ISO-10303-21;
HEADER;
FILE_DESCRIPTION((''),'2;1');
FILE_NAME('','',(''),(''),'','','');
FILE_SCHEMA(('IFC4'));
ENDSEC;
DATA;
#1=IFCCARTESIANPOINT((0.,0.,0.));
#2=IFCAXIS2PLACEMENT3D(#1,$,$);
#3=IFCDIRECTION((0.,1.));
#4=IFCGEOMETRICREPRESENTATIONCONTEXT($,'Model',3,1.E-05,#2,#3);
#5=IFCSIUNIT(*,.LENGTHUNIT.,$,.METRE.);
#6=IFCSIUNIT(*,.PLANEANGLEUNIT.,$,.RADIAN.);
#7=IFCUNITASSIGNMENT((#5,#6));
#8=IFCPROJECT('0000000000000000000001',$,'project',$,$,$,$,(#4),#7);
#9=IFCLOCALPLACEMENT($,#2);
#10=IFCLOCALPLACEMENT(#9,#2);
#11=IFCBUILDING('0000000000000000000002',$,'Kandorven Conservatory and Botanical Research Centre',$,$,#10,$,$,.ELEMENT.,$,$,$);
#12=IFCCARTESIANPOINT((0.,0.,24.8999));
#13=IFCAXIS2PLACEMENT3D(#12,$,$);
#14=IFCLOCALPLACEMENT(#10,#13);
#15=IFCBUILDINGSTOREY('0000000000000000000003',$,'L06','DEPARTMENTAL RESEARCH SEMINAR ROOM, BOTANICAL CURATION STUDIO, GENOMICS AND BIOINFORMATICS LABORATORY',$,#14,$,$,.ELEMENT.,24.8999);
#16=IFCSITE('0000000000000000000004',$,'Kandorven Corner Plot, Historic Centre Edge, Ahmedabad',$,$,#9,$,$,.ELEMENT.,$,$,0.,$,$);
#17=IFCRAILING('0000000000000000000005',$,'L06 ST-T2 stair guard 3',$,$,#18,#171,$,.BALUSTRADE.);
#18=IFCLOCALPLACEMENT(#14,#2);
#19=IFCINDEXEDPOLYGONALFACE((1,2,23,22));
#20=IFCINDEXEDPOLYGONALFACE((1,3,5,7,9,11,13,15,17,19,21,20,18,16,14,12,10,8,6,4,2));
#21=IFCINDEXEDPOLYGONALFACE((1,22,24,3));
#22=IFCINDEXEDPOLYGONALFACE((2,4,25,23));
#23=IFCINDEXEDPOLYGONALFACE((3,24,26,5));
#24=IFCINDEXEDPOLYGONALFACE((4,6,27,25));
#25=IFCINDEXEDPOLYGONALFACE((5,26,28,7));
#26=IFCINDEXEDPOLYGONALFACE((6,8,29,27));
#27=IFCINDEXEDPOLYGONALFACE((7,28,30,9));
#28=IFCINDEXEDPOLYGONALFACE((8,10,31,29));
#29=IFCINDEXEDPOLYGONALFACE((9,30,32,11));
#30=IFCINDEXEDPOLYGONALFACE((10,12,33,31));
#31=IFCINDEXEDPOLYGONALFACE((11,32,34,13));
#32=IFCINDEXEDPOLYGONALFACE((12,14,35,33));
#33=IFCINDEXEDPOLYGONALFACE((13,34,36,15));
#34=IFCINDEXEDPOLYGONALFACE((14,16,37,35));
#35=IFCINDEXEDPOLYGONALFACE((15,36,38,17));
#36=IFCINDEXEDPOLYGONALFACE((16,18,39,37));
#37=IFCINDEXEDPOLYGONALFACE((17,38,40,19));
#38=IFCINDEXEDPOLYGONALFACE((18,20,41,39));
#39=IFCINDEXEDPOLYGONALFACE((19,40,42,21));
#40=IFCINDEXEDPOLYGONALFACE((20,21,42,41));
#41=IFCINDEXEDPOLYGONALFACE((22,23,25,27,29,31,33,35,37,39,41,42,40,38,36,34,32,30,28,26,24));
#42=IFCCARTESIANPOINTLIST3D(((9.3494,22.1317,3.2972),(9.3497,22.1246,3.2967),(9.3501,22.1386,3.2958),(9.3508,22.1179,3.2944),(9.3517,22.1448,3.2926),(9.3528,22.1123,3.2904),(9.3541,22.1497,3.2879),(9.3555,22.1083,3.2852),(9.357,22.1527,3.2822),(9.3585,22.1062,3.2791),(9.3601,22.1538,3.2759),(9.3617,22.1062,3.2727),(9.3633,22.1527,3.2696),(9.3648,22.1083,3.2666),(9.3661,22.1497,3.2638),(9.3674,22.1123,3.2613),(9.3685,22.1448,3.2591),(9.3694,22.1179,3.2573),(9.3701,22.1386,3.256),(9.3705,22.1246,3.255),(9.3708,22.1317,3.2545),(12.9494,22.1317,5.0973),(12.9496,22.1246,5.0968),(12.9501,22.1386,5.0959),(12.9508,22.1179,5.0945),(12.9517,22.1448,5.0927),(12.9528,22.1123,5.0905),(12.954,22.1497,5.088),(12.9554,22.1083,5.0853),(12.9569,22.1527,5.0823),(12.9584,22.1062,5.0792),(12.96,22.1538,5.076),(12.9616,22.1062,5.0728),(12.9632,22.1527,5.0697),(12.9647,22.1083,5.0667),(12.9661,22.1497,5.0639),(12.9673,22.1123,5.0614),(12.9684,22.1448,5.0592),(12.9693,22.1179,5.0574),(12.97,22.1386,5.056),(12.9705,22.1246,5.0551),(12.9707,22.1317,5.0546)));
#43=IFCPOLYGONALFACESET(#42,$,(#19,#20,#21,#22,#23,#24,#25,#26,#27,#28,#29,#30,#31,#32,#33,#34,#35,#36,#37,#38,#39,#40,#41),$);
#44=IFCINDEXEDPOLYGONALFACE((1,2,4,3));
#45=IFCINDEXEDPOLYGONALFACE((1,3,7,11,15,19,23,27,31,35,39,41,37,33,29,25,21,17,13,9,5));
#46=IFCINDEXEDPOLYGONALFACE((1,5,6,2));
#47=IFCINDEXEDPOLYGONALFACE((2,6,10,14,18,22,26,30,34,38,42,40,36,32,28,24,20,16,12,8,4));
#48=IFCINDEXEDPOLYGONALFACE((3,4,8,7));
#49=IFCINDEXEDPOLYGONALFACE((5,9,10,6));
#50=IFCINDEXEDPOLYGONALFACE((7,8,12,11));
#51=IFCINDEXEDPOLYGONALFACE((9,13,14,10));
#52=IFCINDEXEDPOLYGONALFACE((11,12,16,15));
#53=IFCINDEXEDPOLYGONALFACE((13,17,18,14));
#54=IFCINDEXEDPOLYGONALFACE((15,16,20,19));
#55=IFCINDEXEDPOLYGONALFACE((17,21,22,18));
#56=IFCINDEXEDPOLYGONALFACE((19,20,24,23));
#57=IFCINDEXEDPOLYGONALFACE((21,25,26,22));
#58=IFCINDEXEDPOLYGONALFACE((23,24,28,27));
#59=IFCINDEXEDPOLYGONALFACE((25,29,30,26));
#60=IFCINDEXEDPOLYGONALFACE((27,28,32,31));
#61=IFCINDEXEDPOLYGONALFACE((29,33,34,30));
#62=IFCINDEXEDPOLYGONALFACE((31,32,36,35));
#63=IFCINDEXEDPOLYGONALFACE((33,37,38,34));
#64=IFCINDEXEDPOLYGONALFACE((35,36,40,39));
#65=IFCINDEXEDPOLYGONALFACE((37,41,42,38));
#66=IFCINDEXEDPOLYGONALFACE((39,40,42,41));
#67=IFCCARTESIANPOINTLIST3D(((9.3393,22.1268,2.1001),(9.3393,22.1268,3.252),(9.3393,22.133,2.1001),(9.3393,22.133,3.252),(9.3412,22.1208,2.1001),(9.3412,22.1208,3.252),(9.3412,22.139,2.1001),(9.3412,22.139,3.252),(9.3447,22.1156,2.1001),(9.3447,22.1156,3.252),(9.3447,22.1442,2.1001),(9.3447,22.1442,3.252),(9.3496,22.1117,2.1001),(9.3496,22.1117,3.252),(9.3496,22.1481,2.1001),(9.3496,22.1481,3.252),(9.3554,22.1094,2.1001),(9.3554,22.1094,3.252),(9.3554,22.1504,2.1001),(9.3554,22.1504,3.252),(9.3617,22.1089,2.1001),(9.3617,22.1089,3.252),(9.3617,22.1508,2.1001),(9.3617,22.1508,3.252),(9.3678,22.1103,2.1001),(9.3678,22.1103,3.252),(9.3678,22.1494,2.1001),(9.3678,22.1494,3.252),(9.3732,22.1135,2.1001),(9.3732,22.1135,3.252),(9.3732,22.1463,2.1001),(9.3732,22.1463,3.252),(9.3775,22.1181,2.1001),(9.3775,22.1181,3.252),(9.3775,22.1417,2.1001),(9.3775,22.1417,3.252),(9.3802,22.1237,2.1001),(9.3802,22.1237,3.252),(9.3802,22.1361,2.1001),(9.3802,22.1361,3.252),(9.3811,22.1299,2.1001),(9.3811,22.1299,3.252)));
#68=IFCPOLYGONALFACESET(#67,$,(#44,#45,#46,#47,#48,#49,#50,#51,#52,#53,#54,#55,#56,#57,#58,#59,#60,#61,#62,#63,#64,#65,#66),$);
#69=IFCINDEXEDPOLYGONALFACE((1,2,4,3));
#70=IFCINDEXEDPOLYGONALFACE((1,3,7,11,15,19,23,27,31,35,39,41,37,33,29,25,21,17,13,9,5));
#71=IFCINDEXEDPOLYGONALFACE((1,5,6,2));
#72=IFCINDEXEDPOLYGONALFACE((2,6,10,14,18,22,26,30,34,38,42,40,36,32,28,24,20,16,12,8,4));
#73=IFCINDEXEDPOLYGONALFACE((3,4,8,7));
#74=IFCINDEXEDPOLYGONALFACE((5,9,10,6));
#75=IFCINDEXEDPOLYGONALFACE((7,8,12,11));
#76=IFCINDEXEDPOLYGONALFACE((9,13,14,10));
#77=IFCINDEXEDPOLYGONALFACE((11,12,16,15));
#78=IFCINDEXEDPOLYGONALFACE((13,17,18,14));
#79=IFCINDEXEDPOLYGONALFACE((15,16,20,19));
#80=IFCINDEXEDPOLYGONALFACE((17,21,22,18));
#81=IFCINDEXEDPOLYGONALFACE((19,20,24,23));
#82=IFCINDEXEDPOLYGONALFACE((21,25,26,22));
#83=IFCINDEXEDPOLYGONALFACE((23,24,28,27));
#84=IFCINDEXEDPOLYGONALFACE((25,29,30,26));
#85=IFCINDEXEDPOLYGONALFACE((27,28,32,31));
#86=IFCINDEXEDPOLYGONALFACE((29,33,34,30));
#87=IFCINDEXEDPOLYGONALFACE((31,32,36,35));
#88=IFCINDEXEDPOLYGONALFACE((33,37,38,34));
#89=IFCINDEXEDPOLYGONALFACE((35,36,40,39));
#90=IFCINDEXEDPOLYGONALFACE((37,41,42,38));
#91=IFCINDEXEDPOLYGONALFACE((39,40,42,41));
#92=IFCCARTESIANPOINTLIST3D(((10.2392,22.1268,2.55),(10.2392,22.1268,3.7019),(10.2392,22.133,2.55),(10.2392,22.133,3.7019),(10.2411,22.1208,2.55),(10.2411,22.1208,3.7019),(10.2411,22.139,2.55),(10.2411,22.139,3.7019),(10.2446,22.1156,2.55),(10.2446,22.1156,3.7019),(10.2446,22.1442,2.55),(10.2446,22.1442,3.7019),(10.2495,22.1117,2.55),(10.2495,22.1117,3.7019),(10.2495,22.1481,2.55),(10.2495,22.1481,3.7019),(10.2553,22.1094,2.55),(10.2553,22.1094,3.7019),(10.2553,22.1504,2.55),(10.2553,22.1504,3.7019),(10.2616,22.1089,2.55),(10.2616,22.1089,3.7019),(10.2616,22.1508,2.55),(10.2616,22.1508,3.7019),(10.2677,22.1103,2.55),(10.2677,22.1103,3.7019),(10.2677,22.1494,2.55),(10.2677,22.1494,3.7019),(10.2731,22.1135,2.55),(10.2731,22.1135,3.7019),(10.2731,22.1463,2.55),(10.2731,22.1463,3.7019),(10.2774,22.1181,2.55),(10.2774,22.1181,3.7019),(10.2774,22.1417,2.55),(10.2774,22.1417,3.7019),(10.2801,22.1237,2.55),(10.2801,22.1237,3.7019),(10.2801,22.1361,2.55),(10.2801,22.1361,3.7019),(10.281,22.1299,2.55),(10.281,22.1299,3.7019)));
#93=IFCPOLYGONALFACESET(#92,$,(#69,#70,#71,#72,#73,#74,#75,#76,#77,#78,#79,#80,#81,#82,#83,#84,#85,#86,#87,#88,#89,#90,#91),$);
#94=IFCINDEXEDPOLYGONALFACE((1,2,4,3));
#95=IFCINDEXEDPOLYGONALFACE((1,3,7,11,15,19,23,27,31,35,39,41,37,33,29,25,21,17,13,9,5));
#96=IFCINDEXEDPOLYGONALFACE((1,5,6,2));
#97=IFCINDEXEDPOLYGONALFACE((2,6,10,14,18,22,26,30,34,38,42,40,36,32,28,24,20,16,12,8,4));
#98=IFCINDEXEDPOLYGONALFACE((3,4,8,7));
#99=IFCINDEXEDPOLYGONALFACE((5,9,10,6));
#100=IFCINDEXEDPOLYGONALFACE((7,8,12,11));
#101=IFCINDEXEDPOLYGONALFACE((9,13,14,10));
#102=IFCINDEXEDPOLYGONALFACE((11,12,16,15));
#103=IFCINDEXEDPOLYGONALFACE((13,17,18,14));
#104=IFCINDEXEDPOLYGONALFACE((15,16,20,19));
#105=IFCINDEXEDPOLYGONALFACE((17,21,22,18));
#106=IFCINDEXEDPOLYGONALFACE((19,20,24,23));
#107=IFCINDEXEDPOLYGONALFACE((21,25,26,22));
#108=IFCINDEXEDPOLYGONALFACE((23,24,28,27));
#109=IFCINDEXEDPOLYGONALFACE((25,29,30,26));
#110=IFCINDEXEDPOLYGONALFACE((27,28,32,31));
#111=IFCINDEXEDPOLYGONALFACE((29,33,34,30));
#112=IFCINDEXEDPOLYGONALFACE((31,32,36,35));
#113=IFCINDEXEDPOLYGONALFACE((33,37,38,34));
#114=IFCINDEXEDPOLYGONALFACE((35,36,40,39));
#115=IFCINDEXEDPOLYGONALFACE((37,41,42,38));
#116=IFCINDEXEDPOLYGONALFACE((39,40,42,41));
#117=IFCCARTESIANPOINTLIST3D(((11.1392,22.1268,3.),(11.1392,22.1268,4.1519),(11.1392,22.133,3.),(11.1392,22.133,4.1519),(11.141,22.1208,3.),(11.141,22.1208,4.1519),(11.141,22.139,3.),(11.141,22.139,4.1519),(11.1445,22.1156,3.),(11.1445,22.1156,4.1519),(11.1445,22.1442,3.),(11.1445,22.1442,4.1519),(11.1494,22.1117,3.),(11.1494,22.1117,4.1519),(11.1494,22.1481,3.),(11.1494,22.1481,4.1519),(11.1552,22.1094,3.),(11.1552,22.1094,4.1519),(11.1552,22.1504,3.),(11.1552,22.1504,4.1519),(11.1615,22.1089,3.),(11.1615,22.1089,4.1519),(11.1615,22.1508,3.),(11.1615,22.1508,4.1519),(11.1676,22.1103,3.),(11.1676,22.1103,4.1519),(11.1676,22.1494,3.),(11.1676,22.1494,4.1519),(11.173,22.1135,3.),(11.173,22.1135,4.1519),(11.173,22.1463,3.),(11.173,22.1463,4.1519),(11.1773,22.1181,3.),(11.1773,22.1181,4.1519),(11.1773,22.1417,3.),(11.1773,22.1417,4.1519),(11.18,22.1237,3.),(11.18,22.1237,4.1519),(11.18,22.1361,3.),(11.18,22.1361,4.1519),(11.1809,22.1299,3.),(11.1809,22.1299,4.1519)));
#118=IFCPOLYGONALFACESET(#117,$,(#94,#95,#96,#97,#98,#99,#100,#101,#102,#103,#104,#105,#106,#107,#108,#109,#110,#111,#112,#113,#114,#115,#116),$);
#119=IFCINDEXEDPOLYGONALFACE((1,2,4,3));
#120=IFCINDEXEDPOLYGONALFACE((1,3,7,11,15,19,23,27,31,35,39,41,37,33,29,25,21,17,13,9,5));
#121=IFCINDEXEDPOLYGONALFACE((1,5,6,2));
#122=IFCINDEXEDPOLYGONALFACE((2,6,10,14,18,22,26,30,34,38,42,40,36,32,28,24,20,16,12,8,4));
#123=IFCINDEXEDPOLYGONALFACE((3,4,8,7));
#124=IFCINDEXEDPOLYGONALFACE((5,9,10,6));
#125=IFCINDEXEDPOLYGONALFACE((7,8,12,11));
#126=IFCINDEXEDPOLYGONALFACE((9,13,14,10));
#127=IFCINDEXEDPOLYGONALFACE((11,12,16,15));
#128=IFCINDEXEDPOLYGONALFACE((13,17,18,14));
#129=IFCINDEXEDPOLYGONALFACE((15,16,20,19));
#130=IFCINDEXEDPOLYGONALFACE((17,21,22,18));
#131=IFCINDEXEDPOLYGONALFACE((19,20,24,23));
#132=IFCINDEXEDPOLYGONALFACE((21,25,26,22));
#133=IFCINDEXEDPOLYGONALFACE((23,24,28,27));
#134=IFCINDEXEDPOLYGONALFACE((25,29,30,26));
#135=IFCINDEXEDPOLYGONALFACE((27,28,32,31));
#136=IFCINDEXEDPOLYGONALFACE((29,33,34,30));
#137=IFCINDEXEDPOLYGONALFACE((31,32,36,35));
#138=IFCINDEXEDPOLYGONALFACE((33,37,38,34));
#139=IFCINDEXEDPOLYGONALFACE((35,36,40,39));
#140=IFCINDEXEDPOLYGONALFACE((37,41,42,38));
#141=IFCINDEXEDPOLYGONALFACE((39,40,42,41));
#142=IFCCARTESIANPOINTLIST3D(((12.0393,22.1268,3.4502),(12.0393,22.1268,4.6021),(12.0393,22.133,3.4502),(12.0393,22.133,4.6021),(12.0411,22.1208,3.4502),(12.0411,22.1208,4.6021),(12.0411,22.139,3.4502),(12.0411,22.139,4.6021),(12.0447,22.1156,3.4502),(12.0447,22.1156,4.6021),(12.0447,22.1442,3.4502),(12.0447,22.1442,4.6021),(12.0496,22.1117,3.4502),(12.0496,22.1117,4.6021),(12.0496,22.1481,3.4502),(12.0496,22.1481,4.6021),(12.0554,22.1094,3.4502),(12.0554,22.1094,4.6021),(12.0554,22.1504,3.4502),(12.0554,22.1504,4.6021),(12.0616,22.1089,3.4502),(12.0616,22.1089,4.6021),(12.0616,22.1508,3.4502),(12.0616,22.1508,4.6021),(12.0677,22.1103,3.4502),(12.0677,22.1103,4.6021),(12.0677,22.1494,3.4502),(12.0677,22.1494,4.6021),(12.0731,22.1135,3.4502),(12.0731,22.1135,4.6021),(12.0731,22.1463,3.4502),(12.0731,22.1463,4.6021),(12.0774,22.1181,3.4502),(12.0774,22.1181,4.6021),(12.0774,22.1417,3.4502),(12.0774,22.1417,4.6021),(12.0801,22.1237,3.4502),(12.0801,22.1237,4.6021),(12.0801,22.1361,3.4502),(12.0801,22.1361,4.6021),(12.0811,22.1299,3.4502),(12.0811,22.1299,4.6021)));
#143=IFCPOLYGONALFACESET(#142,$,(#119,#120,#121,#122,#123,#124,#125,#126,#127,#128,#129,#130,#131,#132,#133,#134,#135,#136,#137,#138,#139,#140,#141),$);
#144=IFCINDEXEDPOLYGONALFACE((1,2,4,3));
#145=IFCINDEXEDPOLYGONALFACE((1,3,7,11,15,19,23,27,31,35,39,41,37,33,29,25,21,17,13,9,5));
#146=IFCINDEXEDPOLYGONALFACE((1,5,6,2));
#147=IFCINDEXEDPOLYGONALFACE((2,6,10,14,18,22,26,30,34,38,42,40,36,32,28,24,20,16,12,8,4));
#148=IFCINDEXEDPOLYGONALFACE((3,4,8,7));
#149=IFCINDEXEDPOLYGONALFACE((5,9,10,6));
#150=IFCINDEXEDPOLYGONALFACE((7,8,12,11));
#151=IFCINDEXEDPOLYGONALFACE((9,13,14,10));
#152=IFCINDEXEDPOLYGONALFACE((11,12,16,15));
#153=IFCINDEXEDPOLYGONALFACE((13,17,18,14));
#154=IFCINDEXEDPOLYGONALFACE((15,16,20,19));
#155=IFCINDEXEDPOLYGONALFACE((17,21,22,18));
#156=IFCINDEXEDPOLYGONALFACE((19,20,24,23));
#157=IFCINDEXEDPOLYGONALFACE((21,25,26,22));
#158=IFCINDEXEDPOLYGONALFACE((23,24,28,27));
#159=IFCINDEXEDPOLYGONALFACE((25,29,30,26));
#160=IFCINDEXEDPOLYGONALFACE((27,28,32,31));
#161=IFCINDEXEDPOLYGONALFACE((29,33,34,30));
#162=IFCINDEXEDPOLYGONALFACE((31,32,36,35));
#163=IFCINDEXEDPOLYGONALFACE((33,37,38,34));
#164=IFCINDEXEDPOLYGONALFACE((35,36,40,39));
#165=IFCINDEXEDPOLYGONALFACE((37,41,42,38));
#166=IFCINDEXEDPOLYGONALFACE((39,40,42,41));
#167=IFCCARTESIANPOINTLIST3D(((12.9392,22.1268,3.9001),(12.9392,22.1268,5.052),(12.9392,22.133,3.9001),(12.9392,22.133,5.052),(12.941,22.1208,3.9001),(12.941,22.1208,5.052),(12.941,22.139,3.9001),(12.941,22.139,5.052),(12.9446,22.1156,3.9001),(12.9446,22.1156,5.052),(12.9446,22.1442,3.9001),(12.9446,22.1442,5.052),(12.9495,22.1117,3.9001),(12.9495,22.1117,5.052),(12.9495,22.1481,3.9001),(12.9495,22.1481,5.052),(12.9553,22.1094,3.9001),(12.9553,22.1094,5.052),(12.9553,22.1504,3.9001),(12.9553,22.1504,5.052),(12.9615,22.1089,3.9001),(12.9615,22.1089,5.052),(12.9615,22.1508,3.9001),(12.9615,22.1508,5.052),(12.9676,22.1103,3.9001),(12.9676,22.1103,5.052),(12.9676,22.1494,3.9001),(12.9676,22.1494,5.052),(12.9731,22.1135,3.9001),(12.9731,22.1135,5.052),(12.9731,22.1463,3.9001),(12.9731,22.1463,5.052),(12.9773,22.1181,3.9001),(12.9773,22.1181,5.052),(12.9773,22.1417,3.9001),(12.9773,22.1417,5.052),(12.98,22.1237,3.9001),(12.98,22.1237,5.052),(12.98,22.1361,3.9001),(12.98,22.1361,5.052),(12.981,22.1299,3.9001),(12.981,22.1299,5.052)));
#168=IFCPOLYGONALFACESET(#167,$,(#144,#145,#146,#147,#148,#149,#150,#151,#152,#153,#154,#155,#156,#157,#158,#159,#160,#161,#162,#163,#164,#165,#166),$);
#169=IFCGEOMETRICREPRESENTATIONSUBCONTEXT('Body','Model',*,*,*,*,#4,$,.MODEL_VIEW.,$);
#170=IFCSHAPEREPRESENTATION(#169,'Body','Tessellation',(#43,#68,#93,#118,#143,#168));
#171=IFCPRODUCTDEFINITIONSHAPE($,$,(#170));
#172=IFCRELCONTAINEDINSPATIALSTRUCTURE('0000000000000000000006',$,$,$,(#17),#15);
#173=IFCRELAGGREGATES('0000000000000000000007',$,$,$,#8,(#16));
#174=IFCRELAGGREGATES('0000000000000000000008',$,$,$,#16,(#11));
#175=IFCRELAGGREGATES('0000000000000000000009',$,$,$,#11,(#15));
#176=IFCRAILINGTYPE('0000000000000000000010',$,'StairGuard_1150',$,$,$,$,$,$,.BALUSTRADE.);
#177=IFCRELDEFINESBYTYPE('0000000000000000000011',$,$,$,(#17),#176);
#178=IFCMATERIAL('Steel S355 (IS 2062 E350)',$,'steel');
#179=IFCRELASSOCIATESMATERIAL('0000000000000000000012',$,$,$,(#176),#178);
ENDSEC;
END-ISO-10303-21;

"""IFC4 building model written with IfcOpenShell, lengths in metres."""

from ifc_helpers import new_model, si_unit, direction, frame, origin, origin_2d, place, context, subcontext, project, spatial, circle, extrude, material, type_object, element, save


model = new_model("IFC4")

# Units and contexts
model_context = context("Model", 3, precision=1e-05, world=origin(), true_north=direction((0.0, 1.0)))
body_context = subcontext(model_context, "Body", "Model", "MODEL_VIEW")
ifc_project = project(units=[si_unit("LENGTHUNIT", "METRE"), si_unit("PLANEANGLEUNIT", "RADIAN")], contexts=[model_context])

# Site, building, storey
site_placement = place(None, origin())
site = spatial("IfcSite", under=ifc_project, at=site_placement, Name="Kandorven Corner Plot, Historic Centre Edge, Ahmedabad", CompositionType="ELEMENT", RefElevation=0.0)
building_placement = place(site_placement, origin())
building = spatial("IfcBuilding", under=site, at=building_placement, Name="Kandorven Conservatory and Botanical Research Centre", CompositionType="ELEMENT")
storey_placement = place(building_placement, frame((0.0, 0.0, 24.8999)))
storey = spatial("IfcBuildingStorey", under=building, at=storey_placement, Name="L06", Description="DEPARTMENTAL RESEARCH SEMINAR ROOM, BOTANICAL CURATION STUDIO, GENOMICS AND BIOINFORMATICS LABORATORY", CompositionType="ELEMENT", Elevation=24.8999)

# Railing
ifc_material_1 = material(Name="Steel S355 (IS 2062 E350)", Category="steel")
railing_type_1 = type_object("IfcRailingType", Name="StairGuard_1150", PredefinedType="BALUSTRADE", material=ifc_material_1)
railing_1_placement = place(storey_placement, frame((9.3601, 22.1299, 2.1001)))
element("IfcRailing", 1, at=railing_1_placement, inside=storey, type_object=railing_type_1, Name="L06 ST-T2 stair guard 3", PredefinedType="BALUSTRADE", context=body_context, shape_type="SweptSolid", body=[
    extrude(circle(Radius=0.0239, at=origin_2d()), frame((0.0, 0.0, 1.1758), z_axis=(0.894415, 0.0, 0.447238), x_axis=(0.0, 1.0, 0.0)), (0.0, 0.0, 1.0), 4.0249),
    extrude(circle(Radius=0.021, at=origin_2d()), origin(), (0.0, 0.0, 1.0), 1.1519),
    extrude(circle(Radius=0.021, at=origin_2d()), frame((0.8999, 0.0, 0.45)), (0.0, 0.0, 1.0), 1.1519),
    extrude(circle(Radius=0.021, at=origin_2d()), frame((1.7998, 0.0, 0.8999)), (0.0, 0.0, 1.0), 1.1519),
    extrude(circle(Radius=0.021, at=origin_2d()), frame((2.7, 0.0, 1.3501)), (0.0, 0.0, 1.0), 1.1519),
    extrude(circle(Radius=0.021, at=origin_2d()), frame((3.5999, 0.0, 1.8)), (0.0, 0.0, 1.0), 1.1519),
])

save(model, "model.ifc")
